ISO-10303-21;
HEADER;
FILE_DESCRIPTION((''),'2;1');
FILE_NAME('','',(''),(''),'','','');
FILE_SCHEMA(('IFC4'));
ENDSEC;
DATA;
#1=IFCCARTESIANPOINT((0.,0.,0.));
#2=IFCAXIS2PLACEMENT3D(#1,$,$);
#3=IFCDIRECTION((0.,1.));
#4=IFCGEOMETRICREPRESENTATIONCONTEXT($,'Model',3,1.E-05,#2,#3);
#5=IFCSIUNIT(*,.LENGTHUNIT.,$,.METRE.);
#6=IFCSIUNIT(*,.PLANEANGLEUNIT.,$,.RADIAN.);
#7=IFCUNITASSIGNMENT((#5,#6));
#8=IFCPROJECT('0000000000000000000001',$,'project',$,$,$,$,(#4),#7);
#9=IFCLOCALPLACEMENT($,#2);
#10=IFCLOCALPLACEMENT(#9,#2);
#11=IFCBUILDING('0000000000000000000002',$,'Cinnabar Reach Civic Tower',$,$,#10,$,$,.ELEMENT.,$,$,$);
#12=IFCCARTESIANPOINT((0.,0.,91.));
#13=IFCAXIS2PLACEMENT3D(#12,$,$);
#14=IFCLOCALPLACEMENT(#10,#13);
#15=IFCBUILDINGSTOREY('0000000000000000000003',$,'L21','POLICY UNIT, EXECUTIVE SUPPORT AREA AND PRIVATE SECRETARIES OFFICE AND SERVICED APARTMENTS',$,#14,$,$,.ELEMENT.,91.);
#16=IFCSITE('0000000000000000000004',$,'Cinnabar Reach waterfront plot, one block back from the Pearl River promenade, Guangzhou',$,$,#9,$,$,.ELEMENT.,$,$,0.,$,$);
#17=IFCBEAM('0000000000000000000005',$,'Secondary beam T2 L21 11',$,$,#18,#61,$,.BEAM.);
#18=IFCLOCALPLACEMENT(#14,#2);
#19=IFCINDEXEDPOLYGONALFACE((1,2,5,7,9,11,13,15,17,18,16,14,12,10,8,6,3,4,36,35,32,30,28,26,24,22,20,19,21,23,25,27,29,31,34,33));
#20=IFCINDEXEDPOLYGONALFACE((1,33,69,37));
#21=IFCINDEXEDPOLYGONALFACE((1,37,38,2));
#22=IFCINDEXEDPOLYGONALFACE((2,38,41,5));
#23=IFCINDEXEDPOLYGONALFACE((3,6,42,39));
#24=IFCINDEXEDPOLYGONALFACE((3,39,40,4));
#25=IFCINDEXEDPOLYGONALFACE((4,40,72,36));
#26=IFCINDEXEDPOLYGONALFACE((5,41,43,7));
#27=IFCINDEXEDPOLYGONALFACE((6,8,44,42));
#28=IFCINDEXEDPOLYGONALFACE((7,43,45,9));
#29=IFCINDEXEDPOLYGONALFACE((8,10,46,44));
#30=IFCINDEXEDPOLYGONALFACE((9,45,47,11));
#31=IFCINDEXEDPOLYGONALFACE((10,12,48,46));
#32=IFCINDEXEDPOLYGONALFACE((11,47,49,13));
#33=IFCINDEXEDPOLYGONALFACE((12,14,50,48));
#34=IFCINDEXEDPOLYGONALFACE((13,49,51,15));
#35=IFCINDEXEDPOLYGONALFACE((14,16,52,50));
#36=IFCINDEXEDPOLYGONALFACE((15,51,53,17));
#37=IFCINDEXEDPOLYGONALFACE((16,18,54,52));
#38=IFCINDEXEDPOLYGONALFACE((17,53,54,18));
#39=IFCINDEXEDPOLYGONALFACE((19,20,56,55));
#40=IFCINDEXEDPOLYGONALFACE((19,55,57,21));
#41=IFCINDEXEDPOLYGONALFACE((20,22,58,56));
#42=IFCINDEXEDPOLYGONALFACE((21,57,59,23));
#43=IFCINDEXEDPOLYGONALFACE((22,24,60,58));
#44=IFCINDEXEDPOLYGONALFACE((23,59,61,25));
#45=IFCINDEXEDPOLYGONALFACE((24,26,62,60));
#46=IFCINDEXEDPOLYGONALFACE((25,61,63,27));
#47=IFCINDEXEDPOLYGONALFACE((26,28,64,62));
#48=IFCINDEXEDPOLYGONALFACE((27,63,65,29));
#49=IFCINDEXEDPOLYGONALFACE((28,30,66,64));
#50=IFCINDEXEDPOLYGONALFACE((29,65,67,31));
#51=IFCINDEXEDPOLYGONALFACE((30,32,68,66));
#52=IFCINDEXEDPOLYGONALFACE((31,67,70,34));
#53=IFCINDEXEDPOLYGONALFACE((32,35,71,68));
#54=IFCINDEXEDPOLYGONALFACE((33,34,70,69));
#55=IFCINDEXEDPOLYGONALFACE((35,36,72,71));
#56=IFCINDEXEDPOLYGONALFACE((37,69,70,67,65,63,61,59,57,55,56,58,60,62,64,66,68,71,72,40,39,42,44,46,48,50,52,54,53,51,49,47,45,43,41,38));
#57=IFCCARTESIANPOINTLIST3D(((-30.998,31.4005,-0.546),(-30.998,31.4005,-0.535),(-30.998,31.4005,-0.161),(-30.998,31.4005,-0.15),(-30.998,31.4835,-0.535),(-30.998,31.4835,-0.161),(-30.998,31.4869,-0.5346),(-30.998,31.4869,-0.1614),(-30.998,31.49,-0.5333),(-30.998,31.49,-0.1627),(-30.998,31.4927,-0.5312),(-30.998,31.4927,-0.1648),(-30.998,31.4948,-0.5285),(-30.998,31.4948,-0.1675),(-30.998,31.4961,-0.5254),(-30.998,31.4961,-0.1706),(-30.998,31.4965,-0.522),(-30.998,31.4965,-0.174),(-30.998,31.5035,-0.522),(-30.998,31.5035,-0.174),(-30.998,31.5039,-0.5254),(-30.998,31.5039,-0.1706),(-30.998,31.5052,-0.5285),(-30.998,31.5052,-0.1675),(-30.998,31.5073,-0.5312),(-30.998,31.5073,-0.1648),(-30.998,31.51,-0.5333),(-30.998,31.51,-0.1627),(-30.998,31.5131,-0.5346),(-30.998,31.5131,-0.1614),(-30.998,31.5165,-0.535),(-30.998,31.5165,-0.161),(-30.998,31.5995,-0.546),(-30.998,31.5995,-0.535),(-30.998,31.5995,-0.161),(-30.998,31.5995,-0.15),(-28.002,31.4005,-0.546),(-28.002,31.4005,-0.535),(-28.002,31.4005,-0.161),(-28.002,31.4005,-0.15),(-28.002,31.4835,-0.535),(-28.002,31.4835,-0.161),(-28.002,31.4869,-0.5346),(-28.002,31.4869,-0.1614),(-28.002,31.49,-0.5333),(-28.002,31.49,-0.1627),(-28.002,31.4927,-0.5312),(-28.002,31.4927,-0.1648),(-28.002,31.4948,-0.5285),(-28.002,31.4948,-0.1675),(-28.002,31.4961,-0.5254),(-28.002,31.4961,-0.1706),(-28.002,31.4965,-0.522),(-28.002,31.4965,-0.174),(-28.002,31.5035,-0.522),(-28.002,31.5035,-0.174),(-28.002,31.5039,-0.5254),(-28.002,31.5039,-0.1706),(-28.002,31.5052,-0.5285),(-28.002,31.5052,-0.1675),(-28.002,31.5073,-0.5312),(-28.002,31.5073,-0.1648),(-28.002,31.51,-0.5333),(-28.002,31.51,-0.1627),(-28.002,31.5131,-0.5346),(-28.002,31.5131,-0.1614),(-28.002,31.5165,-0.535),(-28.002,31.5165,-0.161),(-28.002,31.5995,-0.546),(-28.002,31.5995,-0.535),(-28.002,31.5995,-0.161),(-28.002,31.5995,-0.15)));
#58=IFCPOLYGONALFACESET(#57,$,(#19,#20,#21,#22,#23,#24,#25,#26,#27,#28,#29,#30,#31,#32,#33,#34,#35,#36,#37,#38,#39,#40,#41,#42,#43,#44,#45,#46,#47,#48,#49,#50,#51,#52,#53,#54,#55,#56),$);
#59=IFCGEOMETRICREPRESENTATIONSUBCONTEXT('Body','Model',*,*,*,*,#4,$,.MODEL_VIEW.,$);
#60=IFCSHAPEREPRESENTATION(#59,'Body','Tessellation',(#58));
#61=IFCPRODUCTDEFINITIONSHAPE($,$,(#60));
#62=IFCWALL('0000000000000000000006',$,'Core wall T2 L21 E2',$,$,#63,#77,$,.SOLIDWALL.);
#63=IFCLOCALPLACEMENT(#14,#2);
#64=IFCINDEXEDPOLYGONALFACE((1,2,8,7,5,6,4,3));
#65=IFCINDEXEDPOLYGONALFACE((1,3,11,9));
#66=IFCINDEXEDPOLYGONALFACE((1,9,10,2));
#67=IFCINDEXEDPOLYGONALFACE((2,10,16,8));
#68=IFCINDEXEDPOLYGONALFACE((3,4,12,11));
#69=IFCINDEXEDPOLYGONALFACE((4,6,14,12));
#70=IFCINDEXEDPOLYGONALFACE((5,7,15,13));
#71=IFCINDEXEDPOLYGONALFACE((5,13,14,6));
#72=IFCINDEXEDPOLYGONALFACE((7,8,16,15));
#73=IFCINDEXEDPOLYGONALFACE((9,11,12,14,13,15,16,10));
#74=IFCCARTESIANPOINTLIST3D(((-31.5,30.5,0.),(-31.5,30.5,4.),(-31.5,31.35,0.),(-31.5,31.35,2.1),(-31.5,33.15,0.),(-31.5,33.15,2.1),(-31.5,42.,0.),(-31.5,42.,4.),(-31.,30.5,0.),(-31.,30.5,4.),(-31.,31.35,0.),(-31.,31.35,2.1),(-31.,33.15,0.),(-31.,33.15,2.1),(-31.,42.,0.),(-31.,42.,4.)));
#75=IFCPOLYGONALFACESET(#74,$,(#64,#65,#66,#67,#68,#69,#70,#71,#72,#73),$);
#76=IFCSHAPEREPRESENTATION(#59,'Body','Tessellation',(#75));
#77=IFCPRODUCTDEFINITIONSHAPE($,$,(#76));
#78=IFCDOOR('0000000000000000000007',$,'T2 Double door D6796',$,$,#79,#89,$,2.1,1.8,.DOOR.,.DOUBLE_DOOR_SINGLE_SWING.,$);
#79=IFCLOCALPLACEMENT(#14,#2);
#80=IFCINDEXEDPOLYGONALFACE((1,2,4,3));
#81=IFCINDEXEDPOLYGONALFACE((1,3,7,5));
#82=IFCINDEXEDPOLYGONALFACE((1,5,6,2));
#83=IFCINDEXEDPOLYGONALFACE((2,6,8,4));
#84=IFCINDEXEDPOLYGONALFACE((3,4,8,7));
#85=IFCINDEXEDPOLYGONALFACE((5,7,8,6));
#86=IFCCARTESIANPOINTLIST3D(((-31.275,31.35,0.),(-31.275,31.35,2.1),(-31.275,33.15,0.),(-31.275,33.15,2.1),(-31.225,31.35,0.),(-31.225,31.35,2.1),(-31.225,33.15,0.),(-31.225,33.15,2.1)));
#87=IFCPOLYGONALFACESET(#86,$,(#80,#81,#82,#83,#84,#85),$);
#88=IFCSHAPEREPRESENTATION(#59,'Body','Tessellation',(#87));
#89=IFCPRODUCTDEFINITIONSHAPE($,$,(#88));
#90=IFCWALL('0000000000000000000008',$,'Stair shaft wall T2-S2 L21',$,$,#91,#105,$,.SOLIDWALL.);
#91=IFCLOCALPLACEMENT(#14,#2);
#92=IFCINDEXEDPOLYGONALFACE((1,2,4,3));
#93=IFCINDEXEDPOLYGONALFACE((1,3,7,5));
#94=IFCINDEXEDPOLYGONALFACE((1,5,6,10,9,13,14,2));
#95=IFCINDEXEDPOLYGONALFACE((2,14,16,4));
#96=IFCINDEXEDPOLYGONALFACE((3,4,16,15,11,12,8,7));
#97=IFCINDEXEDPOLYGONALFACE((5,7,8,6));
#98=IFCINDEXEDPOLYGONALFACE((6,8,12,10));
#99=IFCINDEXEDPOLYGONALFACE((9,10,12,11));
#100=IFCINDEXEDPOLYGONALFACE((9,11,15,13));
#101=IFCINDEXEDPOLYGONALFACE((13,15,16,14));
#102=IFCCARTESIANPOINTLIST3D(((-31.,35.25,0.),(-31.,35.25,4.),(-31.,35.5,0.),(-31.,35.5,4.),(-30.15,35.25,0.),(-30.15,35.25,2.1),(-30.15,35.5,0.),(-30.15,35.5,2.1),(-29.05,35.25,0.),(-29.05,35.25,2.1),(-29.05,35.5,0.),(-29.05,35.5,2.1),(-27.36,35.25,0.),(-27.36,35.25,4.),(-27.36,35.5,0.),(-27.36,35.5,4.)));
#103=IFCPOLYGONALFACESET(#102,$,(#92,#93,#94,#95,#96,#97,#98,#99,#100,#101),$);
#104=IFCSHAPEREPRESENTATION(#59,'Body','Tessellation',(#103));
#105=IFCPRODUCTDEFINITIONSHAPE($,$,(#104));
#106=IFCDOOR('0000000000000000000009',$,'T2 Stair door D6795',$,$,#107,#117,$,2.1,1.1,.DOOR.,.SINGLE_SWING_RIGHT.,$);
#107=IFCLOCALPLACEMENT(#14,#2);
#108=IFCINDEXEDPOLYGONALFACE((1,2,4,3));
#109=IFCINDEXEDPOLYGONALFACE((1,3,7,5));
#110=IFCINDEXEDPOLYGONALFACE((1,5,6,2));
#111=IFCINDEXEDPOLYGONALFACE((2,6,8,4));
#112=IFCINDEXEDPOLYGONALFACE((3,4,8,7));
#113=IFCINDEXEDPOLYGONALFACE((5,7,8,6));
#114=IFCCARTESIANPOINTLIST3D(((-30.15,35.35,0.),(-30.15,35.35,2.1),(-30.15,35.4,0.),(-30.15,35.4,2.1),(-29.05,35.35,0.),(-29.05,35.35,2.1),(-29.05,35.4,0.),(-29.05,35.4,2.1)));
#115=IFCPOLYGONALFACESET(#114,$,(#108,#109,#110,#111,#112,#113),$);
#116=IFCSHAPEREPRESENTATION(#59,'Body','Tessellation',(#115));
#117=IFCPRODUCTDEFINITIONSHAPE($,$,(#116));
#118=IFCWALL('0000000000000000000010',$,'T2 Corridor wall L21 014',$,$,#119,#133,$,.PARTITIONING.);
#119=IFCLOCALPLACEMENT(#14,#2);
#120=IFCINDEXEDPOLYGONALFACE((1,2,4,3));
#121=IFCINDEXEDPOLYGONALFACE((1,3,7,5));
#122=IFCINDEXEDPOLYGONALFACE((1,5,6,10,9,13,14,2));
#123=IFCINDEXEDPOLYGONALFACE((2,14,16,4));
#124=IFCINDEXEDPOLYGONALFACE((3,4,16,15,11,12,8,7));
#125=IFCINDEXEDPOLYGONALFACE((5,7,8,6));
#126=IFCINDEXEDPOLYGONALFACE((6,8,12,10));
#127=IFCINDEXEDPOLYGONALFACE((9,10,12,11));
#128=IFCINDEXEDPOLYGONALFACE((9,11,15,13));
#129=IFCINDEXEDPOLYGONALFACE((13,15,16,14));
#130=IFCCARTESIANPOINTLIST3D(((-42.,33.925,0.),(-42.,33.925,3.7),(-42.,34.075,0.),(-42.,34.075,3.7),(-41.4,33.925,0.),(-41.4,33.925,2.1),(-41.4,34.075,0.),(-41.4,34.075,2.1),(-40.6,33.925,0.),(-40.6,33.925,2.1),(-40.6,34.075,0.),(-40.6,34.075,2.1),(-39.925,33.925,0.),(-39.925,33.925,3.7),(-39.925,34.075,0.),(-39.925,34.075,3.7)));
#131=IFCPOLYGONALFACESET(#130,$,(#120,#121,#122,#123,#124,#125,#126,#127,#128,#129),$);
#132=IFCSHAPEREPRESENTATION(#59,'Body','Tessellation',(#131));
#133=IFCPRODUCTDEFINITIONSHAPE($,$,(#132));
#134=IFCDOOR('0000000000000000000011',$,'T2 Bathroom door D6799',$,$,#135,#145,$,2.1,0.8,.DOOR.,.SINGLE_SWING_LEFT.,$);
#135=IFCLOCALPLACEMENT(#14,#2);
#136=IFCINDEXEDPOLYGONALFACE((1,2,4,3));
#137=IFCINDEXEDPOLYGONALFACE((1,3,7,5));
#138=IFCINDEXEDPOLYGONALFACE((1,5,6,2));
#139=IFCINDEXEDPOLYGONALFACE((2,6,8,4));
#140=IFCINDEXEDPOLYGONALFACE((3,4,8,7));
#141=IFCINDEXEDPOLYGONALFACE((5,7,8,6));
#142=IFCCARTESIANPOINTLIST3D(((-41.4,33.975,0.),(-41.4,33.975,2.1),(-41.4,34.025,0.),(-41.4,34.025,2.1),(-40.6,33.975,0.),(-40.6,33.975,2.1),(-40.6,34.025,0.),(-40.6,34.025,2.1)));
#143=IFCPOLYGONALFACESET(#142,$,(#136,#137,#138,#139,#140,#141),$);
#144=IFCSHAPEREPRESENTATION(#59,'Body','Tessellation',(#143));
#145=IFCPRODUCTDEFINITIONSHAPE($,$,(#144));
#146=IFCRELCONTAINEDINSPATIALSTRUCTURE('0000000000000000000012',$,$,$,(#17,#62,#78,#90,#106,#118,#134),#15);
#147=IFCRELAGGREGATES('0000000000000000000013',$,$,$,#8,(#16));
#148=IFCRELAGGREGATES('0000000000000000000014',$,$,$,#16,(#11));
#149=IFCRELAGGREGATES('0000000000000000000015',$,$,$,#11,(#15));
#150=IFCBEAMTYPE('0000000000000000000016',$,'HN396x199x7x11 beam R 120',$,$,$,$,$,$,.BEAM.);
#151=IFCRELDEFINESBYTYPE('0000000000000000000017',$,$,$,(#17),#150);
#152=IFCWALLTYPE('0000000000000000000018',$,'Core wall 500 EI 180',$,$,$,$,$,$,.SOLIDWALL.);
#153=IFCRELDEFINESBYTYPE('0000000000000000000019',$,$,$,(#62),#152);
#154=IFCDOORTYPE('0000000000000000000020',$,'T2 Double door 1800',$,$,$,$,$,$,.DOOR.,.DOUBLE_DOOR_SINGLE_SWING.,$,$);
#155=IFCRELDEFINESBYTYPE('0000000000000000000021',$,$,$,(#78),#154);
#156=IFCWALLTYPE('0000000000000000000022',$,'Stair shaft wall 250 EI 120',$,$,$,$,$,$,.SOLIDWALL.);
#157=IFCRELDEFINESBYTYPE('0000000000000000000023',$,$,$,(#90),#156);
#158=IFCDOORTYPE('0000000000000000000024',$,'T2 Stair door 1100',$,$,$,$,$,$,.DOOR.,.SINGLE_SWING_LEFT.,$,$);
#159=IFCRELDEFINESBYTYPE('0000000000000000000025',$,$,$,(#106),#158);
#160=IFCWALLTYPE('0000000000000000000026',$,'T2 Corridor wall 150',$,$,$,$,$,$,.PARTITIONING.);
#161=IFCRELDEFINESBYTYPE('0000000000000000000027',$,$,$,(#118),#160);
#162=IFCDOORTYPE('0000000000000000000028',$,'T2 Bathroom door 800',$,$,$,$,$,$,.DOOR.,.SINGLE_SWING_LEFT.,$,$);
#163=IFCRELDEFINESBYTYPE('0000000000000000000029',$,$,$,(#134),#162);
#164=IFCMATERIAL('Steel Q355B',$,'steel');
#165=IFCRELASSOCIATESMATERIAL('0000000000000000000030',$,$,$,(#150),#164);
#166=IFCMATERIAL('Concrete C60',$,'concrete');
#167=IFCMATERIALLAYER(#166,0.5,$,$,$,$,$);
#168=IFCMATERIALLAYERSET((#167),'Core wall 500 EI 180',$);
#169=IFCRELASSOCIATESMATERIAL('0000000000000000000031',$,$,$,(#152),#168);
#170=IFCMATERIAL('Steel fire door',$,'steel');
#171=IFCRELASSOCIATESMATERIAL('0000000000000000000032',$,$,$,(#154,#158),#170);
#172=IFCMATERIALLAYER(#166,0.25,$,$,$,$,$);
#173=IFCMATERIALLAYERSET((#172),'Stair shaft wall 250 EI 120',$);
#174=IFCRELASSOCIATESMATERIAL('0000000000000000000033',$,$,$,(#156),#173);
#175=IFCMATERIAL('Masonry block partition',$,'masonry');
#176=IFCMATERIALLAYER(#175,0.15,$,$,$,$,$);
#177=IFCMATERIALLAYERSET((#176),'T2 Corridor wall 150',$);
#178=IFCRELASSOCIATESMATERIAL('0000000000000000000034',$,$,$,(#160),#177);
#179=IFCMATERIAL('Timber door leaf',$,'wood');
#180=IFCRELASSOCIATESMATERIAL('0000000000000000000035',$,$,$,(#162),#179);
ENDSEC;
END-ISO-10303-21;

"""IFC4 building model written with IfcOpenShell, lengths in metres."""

from ifc_helpers import new_model, si_unit, direction, frame, frame_2d, origin, origin_2d, place, context, subcontext, project, spatial, rectangle, i_section, extrude, material, layer, layer_set, material_profile, profile_set, type_object, element, fill, save


model = new_model("IFC4")

# Units and contexts
model_context = context("Model", 3, precision=1e-05, world=origin(), true_north=direction((0.0, 1.0)))
body_context = subcontext(model_context, "Body", "Model", "MODEL_VIEW")
ifc_project = project(units=[si_unit("LENGTHUNIT", "METRE"), si_unit("PLANEANGLEUNIT", "RADIAN")], contexts=[model_context])

# Site, building, storey
site_placement = place(None, origin())
site = spatial("IfcSite", under=ifc_project, at=site_placement, Name="Cinnabar Reach waterfront plot, one block back from the Pearl River promenade, Guangzhou", CompositionType="ELEMENT", RefElevation=0.0)
building_placement = place(site_placement, origin())
building = spatial("IfcBuilding", under=site, at=building_placement, Name="Cinnabar Reach Civic Tower", CompositionType="ELEMENT")
storey_placement = place(building_placement, frame((0.0, 0.0, 91.0)))
storey = spatial("IfcBuildingStorey", under=building, at=storey_placement, Name="L21", Description="POLICY UNIT, EXECUTIVE SUPPORT AREA AND PRIVATE SECRETARIES OFFICE AND SERVICED APARTMENTS", CompositionType="ELEMENT", Elevation=91.0)

# Beam
ifc_material_1 = material(Name="Steel Q355B", Category="steel")
ifc_material_profile = material_profile(ifc_material_1, i_section(OverallWidth=0.199, OverallDepth=0.396, WebThickness=0.007, FlangeThickness=0.011, FilletRadius=0.013, at=origin_2d()), Name="HN396x199x7x11")
ifc_profile_set = profile_set([ifc_material_profile], Name="Steel Q355B")
beam_type = type_object("IfcBeamType", Name="HN396x199x7x11 beam R 120", PredefinedType="BEAM", material=ifc_profile_set)
beam_placement = place(storey_placement, frame((-30.998, 31.5, -0.348), z_axis=(1.0, 0.0, 0.0), x_axis=(0.0, 1.0, 0.0)))
element("IfcBeam", 1, at=beam_placement, inside=storey, type_object=beam_type, Name="Secondary beam T2 L21 11", PredefinedType="BEAM", context=body_context, shape_type="SweptSolid", body=[
    extrude(i_section(OverallWidth=0.199, OverallDepth=0.396, WebThickness=0.007, FlangeThickness=0.011, FilletRadius=0.013, at=origin_2d()), origin(), (0.0, 0.0, 1.0), 2.996),
])

# Walls, openings, doors
ifc_material_2 = material(Name="Concrete C60", Category="concrete")
ifc_layer_1 = layer(ifc_material_2, 0.5)
ifc_layer_set_1 = layer_set([ifc_layer_1], Name="Core wall 500 EI 180")
wall_type_1 = type_object("IfcWallType", Name="Core wall 500 EI 180", PredefinedType="SOLIDWALL", material=ifc_layer_set_1)
wall_1_placement = place(storey_placement, frame((-31.25, 30.5, 0.0), z_axis=(0.0, 0.0, 1.0), x_axis=(0.0, 1.0, 0.0)))
wall_1 = element("IfcWall", 2, at=wall_1_placement, inside=storey, type_object=wall_type_1, Name="Core wall T2 L21 E2", PredefinedType="SOLIDWALL", context=body_context, shape_type="SweptSolid", body=[
    extrude(rectangle(XDim=11.5, YDim=0.5, at=frame_2d((5.75, 0.0))), origin(), (0.0, 0.0, 1.0), 4.0),
])
opening_1_placement = place(wall_1_placement, frame((0.85, 0.0, 0.0)))
opening_1 = element("IfcOpeningElement", 3, at=opening_1_placement, cuts=wall_1, PredefinedType="OPENING", context=body_context, shape_type="SweptSolid", body=[
    extrude(rectangle(XDim=1.8, YDim=2.1, at=frame_2d((0.9, 1.05))), frame((0.0, 0.26, 0.0), z_axis=(0.0, -1.0, 0.0), x_axis=(1.0, 0.0, 0.0)), (0.0, 0.0, 1.0), 0.52),
])
ifc_material_3 = material(Name="Steel fire door", Category="steel")
door_type_1 = type_object("IfcDoorType", Name="T2 Double door 1800", OperationType="DOUBLE_DOOR_SINGLE_SWING", PredefinedType="DOOR", material=ifc_material_3)
door_1_placement = place(opening_1_placement, origin())
door_1 = element("IfcDoor", 4, at=door_1_placement, inside=storey, type_object=door_type_1, Name="T2 Double door D6796", OperationType="DOUBLE_DOOR_SINGLE_SWING", OverallHeight=2.1, OverallWidth=1.8, PredefinedType="DOOR", context=body_context, shape_type="SweptSolid", body=[
    extrude(rectangle(XDim=1.8, YDim=2.1, at=frame_2d((0.9, 1.05))), frame((0.0, 0.025, 0.0), z_axis=(0.0, -1.0, 0.0), x_axis=(1.0, 0.0, 0.0)), (0.0, 0.0, 1.0), 0.05),
])
fill(opening_1, door_1)
ifc_layer_2 = layer(ifc_material_2, 0.25)
ifc_layer_set_2 = layer_set([ifc_layer_2], Name="Stair shaft wall 250 EI 120")
wall_type_2 = type_object("IfcWallType", Name="Stair shaft wall 250 EI 120", PredefinedType="SOLIDWALL", material=ifc_layer_set_2)
wall_2_placement = place(storey_placement, frame((-31.0, 35.375, 0.0), z_axis=(0.0, 0.0, 1.0), x_axis=(1.0, 0.0, 0.0)))
wall_2 = element("IfcWall", 5, at=wall_2_placement, inside=storey, type_object=wall_type_2, Name="Stair shaft wall T2-S2 L21", PredefinedType="SOLIDWALL", context=body_context, shape_type="SweptSolid", body=[
    extrude(rectangle(XDim=3.64, YDim=0.25, at=frame_2d((1.82, 0.0))), origin(), (0.0, 0.0, 1.0), 4.0),
])
opening_2_placement = place(wall_2_placement, frame((0.85, 0.0, 0.0)))
opening_2 = element("IfcOpeningElement", 6, at=opening_2_placement, cuts=wall_2, PredefinedType="OPENING", context=body_context, shape_type="SweptSolid", body=[
    extrude(rectangle(XDim=1.1, YDim=2.1, at=frame_2d((0.55, 1.05))), frame((0.0, 0.135, 0.0), z_axis=(0.0, -1.0, 0.0), x_axis=(1.0, 0.0, 0.0)), (0.0, 0.0, 1.0), 0.27),
])
door_type_2 = type_object("IfcDoorType", Name="T2 Stair door 1100", OperationType="SINGLE_SWING_LEFT", PredefinedType="DOOR", material=ifc_material_3)
door_2_placement = place(opening_2_placement, origin())
door_2 = element("IfcDoor", 7, at=door_2_placement, inside=storey, type_object=door_type_2, Name="T2 Stair door D6795", OperationType="SINGLE_SWING_RIGHT", OverallHeight=2.1, OverallWidth=1.1, PredefinedType="DOOR", context=body_context, shape_type="SweptSolid", body=[
    extrude(rectangle(XDim=1.1, YDim=2.1, at=frame_2d((0.55, 1.05))), frame((0.0, 0.025, 0.0), z_axis=(0.0, -1.0, 0.0), x_axis=(1.0, 0.0, 0.0)), (0.0, 0.0, 1.0), 0.05),
])
fill(opening_2, door_2)
ifc_material_4 = material(Name="Masonry block partition", Category="masonry")
ifc_layer_3 = layer(ifc_material_4, 0.15)
ifc_layer_set_3 = layer_set([ifc_layer_3], Name="T2 Corridor wall 150")
wall_type_3 = type_object("IfcWallType", Name="T2 Corridor wall 150", PredefinedType="PARTITIONING", material=ifc_layer_set_3)
wall_3_placement = place(storey_placement, frame((-39.925, 34.0, 0.0), z_axis=(0.0, 0.0, 1.0), x_axis=(-1.0, 0.0, 0.0)))
wall_3 = element("IfcWall", 8, at=wall_3_placement, inside=storey, type_object=wall_type_3, Name="T2 Corridor wall L21 014", PredefinedType="PARTITIONING", context=body_context, shape_type="SweptSolid", body=[
    extrude(rectangle(XDim=2.075, YDim=0.15, at=frame_2d((1.0375, 0.0))), origin(), (0.0, 0.0, 1.0), 3.7),
])
opening_3_placement = place(wall_3_placement, frame((0.675, 0.0, 0.0)))
opening_3 = element("IfcOpeningElement", 9, at=opening_3_placement, cuts=wall_3, PredefinedType="OPENING", context=body_context, shape_type="SweptSolid", body=[
    extrude(rectangle(XDim=0.8, YDim=2.1, at=frame_2d((0.4, 1.05))), frame((0.0, 0.085, 0.0), z_axis=(0.0, -1.0, 0.0), x_axis=(1.0, 0.0, 0.0)), (0.0, 0.0, 1.0), 0.17),
])
ifc_material_5 = material(Name="Timber door leaf", Category="wood")
door_type_3 = type_object("IfcDoorType", Name="T2 Bathroom door 800", OperationType="SINGLE_SWING_LEFT", PredefinedType="DOOR", material=ifc_material_5)
door_3_placement = place(opening_3_placement, frame((0.8, 0.0, 0.0), z_axis=(0.0, 0.0, 1.0), x_axis=(-1.0, 0.0, 0.0)))
door_3 = element("IfcDoor", 10, at=door_3_placement, inside=storey, type_object=door_type_3, Name="T2 Bathroom door D6799", OperationType="SINGLE_SWING_LEFT", OverallHeight=2.1, OverallWidth=0.8, PredefinedType="DOOR", context=body_context, shape_type="SweptSolid", body=[
    extrude(rectangle(XDim=0.8, YDim=2.1, at=frame_2d((0.4, 1.05))), frame((0.0, 0.025, 0.0), z_axis=(0.0, -1.0, 0.0), x_axis=(1.0, 0.0, 0.0)), (0.0, 0.0, 1.0), 0.05),
])
fill(opening_3, door_3)

save(model, "model.ifc")
